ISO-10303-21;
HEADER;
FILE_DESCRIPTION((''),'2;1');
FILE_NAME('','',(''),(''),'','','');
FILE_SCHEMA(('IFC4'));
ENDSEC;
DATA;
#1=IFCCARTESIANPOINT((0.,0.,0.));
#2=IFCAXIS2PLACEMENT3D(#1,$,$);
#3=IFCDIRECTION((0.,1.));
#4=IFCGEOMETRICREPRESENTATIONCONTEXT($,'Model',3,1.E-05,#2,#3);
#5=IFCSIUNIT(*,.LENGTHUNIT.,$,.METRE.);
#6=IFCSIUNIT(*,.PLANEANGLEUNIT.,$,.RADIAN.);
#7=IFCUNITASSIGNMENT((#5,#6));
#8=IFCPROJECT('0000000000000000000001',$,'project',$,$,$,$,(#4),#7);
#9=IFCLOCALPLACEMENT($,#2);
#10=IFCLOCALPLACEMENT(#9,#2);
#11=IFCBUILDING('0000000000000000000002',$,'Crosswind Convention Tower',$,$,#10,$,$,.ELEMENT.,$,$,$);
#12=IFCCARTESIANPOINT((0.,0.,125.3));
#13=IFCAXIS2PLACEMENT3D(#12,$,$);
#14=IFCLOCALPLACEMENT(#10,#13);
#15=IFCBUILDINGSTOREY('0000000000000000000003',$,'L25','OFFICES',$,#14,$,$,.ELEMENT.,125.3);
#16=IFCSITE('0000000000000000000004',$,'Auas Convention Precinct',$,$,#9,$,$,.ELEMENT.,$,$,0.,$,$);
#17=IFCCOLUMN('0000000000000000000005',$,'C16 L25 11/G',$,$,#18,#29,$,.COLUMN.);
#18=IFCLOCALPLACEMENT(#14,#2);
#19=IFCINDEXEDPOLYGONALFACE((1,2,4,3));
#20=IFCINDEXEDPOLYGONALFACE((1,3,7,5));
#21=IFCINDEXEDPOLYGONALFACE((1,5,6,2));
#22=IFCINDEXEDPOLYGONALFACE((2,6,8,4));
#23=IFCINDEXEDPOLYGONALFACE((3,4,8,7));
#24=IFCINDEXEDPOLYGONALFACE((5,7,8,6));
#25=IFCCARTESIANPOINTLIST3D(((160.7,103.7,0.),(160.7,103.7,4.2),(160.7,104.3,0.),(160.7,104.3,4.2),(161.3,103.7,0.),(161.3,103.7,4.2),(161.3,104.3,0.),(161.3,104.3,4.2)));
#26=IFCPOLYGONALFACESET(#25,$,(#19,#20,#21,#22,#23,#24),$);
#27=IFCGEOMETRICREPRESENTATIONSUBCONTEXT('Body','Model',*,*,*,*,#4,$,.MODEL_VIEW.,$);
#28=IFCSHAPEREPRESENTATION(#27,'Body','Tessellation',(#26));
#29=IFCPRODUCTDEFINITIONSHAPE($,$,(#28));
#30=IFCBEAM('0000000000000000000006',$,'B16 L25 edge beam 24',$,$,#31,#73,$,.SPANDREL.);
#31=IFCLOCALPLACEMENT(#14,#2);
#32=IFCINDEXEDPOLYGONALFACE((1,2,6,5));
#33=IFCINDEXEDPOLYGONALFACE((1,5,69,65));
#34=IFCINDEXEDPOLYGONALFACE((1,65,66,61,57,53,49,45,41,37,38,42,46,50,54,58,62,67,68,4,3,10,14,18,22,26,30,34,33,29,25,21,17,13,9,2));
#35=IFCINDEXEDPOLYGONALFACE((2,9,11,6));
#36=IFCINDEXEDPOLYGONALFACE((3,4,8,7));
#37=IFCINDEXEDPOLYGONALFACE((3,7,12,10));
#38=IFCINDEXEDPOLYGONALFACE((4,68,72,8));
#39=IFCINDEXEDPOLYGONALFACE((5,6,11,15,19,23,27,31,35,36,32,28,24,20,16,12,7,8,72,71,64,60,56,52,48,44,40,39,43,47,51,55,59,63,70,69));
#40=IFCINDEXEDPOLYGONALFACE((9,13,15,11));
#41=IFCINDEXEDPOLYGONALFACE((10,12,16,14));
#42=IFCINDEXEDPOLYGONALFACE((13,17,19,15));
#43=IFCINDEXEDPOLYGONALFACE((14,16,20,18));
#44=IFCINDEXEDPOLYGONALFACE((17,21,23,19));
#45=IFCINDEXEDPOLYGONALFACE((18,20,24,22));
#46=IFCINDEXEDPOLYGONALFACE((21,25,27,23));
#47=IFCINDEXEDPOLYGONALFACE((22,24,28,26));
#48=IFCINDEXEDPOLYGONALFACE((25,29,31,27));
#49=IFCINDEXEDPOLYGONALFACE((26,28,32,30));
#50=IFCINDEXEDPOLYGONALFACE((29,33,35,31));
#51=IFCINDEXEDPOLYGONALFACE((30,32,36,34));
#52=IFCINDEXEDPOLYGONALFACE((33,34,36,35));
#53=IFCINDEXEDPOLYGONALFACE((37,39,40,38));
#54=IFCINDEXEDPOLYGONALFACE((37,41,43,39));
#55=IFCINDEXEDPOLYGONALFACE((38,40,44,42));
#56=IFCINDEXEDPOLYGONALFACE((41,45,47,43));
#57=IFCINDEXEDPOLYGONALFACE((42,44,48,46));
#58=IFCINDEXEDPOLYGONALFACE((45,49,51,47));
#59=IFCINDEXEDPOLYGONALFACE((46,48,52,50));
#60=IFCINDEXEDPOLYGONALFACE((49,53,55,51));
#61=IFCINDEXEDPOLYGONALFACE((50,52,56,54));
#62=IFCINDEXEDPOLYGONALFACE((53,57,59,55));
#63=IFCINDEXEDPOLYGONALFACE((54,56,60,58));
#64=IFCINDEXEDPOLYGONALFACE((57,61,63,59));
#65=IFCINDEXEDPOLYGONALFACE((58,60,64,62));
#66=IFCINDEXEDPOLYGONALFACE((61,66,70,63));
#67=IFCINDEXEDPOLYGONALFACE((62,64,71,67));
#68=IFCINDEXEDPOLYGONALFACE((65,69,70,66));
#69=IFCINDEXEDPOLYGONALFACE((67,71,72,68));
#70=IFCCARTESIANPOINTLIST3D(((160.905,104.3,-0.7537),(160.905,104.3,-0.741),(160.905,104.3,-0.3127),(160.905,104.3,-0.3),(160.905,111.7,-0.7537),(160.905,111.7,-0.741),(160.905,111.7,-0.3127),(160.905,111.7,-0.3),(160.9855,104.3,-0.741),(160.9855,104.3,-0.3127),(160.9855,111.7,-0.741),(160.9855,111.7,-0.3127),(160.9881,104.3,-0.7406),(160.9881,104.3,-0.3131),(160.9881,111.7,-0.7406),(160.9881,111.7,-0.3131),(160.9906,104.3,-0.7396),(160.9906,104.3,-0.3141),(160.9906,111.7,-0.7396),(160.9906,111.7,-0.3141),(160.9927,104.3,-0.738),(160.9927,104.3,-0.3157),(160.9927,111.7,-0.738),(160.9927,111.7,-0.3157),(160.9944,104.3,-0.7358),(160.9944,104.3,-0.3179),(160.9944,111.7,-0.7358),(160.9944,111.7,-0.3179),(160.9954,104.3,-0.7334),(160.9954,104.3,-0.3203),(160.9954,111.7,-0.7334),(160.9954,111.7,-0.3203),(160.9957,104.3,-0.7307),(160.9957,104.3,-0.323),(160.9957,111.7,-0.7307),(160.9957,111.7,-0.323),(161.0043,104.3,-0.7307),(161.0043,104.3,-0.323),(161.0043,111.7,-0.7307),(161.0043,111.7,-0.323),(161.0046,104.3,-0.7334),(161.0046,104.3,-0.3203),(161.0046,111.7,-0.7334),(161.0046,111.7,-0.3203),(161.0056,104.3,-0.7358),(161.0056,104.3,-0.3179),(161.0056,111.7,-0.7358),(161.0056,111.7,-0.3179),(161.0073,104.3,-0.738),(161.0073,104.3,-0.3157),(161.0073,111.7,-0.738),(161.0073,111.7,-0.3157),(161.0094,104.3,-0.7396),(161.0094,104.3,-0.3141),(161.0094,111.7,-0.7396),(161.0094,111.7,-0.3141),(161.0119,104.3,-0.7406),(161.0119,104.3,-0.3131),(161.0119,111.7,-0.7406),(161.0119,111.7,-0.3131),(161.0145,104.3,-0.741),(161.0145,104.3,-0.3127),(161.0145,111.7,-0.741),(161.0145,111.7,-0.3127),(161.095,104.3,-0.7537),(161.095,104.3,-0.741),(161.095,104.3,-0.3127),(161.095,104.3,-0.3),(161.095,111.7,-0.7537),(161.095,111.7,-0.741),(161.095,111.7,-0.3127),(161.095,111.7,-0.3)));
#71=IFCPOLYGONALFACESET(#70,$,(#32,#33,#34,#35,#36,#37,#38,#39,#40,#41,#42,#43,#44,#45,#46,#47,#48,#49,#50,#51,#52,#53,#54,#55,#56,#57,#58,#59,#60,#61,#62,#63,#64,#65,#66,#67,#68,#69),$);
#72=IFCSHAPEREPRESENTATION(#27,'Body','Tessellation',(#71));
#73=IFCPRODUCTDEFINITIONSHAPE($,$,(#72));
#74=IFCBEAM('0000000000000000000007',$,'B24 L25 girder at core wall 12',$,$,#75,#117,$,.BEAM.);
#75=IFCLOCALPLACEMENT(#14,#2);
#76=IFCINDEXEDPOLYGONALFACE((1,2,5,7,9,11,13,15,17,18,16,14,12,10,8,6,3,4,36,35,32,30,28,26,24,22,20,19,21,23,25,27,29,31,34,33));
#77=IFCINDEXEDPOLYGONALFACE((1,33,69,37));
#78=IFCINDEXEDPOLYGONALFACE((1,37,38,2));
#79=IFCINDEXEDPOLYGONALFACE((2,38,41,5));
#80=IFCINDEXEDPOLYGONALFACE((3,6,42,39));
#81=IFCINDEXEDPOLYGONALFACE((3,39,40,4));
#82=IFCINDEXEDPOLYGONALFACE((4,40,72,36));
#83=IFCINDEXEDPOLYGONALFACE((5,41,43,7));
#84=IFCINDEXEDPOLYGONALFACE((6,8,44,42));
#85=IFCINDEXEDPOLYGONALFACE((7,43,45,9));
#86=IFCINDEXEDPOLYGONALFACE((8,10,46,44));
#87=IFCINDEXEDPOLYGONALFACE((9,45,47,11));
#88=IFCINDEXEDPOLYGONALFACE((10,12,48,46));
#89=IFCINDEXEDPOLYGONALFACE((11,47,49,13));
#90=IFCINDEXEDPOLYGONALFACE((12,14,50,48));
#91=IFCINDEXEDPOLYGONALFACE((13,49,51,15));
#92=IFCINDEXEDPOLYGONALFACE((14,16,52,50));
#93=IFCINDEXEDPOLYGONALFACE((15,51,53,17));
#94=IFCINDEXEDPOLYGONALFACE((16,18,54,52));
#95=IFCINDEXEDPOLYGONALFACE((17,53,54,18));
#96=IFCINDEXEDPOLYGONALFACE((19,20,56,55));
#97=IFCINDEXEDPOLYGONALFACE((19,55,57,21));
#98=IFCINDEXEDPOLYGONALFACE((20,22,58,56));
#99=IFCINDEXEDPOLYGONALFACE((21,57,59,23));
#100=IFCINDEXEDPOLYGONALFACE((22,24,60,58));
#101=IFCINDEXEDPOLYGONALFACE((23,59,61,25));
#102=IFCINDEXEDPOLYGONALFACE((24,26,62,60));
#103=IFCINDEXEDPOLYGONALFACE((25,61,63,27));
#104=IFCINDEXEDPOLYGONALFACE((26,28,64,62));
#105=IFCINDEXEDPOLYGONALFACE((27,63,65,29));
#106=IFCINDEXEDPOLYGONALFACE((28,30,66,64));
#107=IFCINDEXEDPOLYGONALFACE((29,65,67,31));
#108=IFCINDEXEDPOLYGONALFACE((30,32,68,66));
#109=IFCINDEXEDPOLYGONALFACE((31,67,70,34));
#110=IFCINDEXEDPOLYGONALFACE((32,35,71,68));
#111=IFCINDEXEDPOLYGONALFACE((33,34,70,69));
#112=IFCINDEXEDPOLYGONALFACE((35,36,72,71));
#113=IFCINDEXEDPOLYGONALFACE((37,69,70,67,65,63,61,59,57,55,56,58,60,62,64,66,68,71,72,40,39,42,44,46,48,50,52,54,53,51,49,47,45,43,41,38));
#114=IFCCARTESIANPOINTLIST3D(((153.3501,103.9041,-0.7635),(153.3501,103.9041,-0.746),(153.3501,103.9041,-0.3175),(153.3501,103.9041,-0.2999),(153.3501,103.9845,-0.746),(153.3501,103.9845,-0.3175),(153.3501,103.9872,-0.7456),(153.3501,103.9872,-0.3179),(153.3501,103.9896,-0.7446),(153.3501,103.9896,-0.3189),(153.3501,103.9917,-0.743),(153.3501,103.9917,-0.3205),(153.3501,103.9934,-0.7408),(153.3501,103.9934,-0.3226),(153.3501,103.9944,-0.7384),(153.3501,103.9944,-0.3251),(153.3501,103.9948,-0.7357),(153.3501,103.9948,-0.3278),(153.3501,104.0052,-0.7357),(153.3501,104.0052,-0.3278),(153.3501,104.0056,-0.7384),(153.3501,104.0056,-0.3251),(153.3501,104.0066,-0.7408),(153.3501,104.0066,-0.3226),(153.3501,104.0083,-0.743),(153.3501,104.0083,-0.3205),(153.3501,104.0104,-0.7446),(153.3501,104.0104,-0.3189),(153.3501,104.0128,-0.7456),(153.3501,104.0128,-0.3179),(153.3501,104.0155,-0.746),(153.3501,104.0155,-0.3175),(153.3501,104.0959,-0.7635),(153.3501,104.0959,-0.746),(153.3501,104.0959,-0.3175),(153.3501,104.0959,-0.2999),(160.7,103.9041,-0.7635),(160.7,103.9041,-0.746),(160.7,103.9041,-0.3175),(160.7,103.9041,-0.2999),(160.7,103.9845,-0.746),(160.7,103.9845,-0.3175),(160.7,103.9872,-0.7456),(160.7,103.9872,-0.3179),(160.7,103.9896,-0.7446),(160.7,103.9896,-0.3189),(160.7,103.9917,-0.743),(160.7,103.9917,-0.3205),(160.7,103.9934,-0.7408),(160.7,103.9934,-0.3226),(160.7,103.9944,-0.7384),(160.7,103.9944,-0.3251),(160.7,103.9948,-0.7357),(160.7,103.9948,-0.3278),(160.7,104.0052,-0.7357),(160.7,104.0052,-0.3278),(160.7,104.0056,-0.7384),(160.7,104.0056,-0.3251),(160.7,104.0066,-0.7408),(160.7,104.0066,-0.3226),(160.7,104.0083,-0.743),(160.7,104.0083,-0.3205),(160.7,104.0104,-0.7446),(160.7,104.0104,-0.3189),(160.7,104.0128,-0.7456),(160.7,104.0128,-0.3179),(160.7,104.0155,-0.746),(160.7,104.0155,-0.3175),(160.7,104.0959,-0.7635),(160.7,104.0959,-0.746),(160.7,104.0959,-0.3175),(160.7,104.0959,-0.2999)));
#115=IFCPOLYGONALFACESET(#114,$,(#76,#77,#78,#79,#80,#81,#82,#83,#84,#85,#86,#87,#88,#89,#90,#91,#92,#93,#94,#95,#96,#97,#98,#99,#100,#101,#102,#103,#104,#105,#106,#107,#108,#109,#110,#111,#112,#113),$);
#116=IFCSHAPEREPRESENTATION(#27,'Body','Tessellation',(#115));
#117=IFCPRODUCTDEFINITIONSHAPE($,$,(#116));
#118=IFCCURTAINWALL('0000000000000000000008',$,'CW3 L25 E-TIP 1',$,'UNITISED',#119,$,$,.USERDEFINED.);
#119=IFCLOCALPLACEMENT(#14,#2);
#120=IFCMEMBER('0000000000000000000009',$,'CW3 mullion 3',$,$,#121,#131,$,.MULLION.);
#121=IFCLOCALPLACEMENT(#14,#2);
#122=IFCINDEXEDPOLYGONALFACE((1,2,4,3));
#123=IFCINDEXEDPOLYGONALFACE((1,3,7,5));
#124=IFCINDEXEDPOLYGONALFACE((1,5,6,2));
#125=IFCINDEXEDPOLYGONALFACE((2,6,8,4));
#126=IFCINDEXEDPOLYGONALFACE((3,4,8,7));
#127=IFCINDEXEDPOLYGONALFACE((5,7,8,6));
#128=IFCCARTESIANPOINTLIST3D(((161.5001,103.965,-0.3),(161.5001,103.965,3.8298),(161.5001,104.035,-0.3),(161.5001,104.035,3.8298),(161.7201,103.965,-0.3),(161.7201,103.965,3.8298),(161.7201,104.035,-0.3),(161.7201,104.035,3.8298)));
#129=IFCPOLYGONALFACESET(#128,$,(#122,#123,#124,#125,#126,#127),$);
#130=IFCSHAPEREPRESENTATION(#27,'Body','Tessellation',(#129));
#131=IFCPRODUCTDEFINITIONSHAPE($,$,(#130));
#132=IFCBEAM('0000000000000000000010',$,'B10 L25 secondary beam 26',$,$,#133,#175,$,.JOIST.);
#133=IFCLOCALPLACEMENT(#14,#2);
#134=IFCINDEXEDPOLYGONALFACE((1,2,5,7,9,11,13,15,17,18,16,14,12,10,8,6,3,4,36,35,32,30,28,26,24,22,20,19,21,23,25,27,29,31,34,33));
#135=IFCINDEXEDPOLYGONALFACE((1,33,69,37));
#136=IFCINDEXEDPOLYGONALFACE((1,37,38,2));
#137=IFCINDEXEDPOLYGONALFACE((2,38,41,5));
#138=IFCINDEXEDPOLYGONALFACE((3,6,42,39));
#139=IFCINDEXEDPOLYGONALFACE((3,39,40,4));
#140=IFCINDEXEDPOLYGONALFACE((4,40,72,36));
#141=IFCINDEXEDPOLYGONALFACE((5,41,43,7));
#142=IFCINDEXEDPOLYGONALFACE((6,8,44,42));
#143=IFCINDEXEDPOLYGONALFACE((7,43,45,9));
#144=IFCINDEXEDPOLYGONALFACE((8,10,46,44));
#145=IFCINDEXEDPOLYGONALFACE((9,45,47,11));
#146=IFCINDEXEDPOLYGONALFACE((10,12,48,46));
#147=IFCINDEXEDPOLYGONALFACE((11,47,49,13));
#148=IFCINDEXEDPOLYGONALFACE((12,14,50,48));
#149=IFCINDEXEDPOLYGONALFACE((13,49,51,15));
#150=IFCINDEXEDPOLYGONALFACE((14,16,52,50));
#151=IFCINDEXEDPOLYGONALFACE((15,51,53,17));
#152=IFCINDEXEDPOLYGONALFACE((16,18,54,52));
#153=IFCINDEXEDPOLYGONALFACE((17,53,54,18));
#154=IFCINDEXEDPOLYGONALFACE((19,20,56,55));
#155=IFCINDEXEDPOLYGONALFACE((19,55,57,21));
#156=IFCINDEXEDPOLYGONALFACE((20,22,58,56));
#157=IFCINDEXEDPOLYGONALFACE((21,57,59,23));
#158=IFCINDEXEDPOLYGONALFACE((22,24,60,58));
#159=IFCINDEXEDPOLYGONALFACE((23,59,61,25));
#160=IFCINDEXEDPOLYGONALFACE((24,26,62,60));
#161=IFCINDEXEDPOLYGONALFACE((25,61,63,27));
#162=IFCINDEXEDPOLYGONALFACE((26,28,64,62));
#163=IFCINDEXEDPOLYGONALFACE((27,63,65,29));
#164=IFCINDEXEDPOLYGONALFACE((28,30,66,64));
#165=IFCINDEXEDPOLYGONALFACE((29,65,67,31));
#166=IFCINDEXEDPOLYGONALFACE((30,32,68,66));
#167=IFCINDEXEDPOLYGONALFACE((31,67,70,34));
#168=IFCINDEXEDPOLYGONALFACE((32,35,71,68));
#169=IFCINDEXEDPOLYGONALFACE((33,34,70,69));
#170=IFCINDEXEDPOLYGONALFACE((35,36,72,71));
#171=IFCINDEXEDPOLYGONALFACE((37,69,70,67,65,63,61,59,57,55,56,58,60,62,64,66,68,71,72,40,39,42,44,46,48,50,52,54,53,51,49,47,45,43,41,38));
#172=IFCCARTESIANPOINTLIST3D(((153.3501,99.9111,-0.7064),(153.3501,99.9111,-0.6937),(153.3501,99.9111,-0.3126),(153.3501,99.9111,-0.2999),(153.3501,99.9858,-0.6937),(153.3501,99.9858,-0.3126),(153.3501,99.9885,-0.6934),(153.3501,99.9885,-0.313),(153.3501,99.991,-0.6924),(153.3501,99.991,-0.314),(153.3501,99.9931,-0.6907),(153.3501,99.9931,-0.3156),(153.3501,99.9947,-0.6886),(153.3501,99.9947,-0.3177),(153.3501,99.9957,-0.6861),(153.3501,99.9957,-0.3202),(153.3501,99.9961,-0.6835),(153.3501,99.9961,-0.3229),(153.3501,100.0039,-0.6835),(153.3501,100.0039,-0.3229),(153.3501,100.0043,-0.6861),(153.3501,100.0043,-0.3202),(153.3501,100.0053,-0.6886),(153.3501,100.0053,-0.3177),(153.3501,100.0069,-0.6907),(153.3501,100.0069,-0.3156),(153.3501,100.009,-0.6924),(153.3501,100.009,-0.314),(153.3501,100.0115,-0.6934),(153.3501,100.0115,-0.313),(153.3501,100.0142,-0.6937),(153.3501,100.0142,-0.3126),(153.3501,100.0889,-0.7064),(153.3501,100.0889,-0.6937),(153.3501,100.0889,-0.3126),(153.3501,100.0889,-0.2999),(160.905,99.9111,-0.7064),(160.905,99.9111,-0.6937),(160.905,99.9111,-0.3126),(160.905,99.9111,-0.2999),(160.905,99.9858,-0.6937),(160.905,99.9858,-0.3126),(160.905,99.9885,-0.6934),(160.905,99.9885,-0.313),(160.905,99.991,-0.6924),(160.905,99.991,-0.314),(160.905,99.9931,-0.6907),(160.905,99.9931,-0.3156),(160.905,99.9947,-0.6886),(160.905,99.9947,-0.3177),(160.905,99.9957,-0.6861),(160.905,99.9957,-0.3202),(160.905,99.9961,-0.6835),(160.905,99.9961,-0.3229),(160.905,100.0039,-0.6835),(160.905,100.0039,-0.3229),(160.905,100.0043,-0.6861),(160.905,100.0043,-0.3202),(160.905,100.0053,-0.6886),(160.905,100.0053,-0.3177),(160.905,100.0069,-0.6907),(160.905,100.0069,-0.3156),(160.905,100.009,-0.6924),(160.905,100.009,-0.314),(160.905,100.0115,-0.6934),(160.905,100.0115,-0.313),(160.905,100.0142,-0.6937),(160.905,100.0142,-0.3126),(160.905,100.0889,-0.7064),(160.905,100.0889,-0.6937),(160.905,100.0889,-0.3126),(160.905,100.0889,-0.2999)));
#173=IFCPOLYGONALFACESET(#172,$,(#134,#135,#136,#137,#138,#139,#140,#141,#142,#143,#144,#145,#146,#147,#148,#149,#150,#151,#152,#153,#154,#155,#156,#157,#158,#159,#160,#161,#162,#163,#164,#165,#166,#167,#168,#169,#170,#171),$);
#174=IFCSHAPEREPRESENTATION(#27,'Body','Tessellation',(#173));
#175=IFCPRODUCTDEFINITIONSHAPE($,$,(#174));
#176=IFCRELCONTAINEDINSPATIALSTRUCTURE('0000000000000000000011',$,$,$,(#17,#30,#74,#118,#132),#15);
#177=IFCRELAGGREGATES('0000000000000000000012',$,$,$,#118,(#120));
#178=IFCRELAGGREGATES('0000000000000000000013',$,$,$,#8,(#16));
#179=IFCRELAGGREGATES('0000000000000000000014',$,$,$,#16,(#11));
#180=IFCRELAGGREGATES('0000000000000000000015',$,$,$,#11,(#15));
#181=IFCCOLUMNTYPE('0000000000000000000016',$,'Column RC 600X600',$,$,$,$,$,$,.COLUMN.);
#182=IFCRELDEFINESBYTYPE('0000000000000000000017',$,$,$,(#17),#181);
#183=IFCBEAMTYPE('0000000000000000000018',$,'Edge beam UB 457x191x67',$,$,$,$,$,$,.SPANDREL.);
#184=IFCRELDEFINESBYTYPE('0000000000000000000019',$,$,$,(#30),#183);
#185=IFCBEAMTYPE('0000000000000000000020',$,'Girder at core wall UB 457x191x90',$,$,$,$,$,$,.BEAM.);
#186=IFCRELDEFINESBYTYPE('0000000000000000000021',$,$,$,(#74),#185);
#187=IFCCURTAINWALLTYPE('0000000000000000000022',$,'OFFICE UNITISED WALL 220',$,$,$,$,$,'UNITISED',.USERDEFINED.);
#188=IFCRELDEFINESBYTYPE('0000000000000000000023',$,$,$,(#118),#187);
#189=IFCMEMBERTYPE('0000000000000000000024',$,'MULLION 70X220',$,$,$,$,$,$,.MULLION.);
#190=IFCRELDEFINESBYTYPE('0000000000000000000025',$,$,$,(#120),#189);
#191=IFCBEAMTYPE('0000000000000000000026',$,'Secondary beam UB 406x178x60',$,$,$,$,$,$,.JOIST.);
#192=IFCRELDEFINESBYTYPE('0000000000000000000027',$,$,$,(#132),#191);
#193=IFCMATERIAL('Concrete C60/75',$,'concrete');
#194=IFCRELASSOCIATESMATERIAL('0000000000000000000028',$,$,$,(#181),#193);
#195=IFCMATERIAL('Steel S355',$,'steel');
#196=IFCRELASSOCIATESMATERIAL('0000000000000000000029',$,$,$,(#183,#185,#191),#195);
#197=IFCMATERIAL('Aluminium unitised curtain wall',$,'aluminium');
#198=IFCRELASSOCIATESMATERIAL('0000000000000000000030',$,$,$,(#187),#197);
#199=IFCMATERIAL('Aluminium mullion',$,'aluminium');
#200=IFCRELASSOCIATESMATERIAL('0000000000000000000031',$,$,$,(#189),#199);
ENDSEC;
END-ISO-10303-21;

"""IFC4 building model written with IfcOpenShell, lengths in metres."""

from ifc_helpers import new_model, si_unit, direction, frame, origin, origin_2d, place, context, subcontext, project, spatial, rectangle, i_section, extrude, material, material_profile, profile_set, type_object, element, aggregate, save


model = new_model("IFC4")

# Units and contexts
model_context = context("Model", 3, precision=1e-05, world=origin(), true_north=direction((0.0, 1.0)))
body_context = subcontext(model_context, "Body", "Model", "MODEL_VIEW")
ifc_project = project(units=[si_unit("LENGTHUNIT", "METRE"), si_unit("PLANEANGLEUNIT", "RADIAN")], contexts=[model_context])

# Site, building, storey
site_placement = place(None, origin())
site = spatial("IfcSite", under=ifc_project, at=site_placement, Name="Auas Convention Precinct", CompositionType="ELEMENT", RefElevation=0.0)
building_placement = place(site_placement, origin())
building = spatial("IfcBuilding", under=site, at=building_placement, Name="Crosswind Convention Tower", CompositionType="ELEMENT")
storey_placement = place(building_placement, frame((0.0, 0.0, 125.3)))
storey = spatial("IfcBuildingStorey", under=building, at=storey_placement, Name="L25", Description="OFFICES", CompositionType="ELEMENT", Elevation=125.3)

# Column
ifc_material_1 = material(Name="Concrete C60/75", Category="concrete")
ifc_material_profile_1 = material_profile(ifc_material_1, rectangle(XDim=0.6001, YDim=0.6001, at=origin_2d()), Name="RC 600X600")
ifc_profile_set_1 = profile_set([ifc_material_profile_1], Name="Concrete C60/75")
column_type = type_object("IfcColumnType", Name="Column RC 600X600", PredefinedType="COLUMN", material=ifc_profile_set_1)
column_placement = place(storey_placement, frame((161.0, 104.0, 0.0), z_axis=(0.0, 0.0, 1.0), x_axis=(1.0, 0.0, 0.0)))
element("IfcColumn", 1, at=column_placement, inside=storey, type_object=column_type, Name="C16 L25 11/G", PredefinedType="COLUMN", context=body_context, shape_type="SweptSolid", body=[
    extrude(rectangle(XDim=0.6001, YDim=0.6001, at=origin_2d()), origin(), (0.0, 0.0, 1.0), 4.2),
])

# Beams
ifc_material_2 = material(Name="Steel S355", Category="steel")
ifc_material_profile_2 = material_profile(ifc_material_2, i_section(OverallWidth=0.1899, OverallDepth=0.4536, WebThickness=0.0085, FlangeThickness=0.0127, FilletRadius=0.0103, at=origin_2d()), Name="UB 457x191x67")
ifc_profile_set_2 = profile_set([ifc_material_profile_2], Name="Steel S355")
beam_type_1 = type_object("IfcBeamType", Name="Edge beam UB 457x191x67", PredefinedType="SPANDREL", material=ifc_profile_set_2)
beam_1_placement = place(storey_placement, frame((161.0, 104.3, -0.5269), z_axis=(0.0, 1.0, 0.0), x_axis=(-1.0, 0.0, 0.0)))
element("IfcBeam", 2, at=beam_1_placement, inside=storey, type_object=beam_type_1, Name="B16 L25 edge beam 24", PredefinedType="SPANDREL", context=body_context, shape_type="SweptSolid", body=[
    extrude(i_section(OverallWidth=0.1899, OverallDepth=0.4536, WebThickness=0.0085, FlangeThickness=0.0127, FilletRadius=0.0103, at=origin_2d()), origin(), (0.0, 0.0, 1.0), 7.3999),
])
ifc_material_profile_3 = material_profile(ifc_material_2, i_section(OverallWidth=0.1919, OverallDepth=0.4636, WebThickness=0.0105, FlangeThickness=0.0176, FilletRadius=0.0103, at=origin_2d()), Name="UB 457x191x90")
ifc_profile_set_3 = profile_set([ifc_material_profile_3], Name="Steel S355")
beam_type_2 = type_object("IfcBeamType", Name="Girder at core wall UB 457x191x90", PredefinedType="BEAM", material=ifc_profile_set_3)
beam_2_placement = place(storey_placement, frame((153.3501, 104.0, -0.5317), z_axis=(1.0, 0.0, 0.0), x_axis=(0.0, 1.0, 0.0)))
element("IfcBeam", 3, at=beam_2_placement, inside=storey, type_object=beam_type_2, Name="B24 L25 girder at core wall 12", PredefinedType="BEAM", context=body_context, shape_type="SweptSolid", body=[
    extrude(i_section(OverallWidth=0.1919, OverallDepth=0.4636, WebThickness=0.0105, FlangeThickness=0.0176, FilletRadius=0.0103, at=origin_2d()), origin(), (0.0, 0.0, 1.0), 7.3499),
])

# Curtain wall, member
ifc_material_3 = material(Name="Aluminium unitised curtain wall", Category="aluminium")
curtain_wall_type = type_object("IfcCurtainWallType", Name="OFFICE UNITISED WALL 220", ElementType="UNITISED", PredefinedType="USERDEFINED", material=ifc_material_3)
curtain_wall_placement = place(storey_placement, origin())
curtain_wall = element("IfcCurtainWall", 4, at=curtain_wall_placement, inside=storey, type_object=curtain_wall_type, Name="CW3 L25 E-TIP 1", ObjectType="UNITISED", PredefinedType="USERDEFINED")
ifc_material_4 = material(Name="Aluminium mullion", Category="aluminium")
ifc_material_profile_4 = material_profile(ifc_material_4, rectangle(XDim=0.22, YDim=0.0701, at=origin_2d()), Name="AL 220X70")
ifc_profile_set_4 = profile_set([ifc_material_profile_4], Name="Aluminium mullion")
member_type = type_object("IfcMemberType", Name="MULLION 70X220", PredefinedType="MULLION", material=ifc_profile_set_4)
member_placement = place(storey_placement, frame((161.6101, 104.0, -0.3), z_axis=(0.0, 0.0, 1.0), x_axis=(1.0, 0.0, 0.0)))
member = element("IfcMember", 5, at=member_placement, type_object=member_type, Name="CW3 mullion 3", PredefinedType="MULLION", context=body_context, shape_type="SweptSolid", body=[
    extrude(rectangle(XDim=0.22, YDim=0.0701, at=origin_2d()), origin(), (0.0, 0.0, 1.0), 4.1299),
])

# Beam
ifc_material_profile_5 = material_profile(ifc_material_2, i_section(OverallWidth=0.1777, OverallDepth=0.4065, WebThickness=0.0078, FlangeThickness=0.0127, FilletRadius=0.0103, at=origin_2d()), Name="UB 406x178x60")
ifc_profile_set_5 = profile_set([ifc_material_profile_5], Name="Steel S355")
beam_type_3 = type_object("IfcBeamType", Name="Secondary beam UB 406x178x60", PredefinedType="JOIST", material=ifc_profile_set_5)
for number, where, z_axis, x_axis, name in (
    (6, (153.3501, 100.0, -0.5032), (1.0, 0.0, 0.0), (0.0, 1.0, 0.0), "B10 L25 secondary beam 26"),
):
    element("IfcBeam", number, at=place(storey_placement, frame(where, z_axis=z_axis, x_axis=x_axis)), inside=storey, type_object=beam_type_3, Name=name, PredefinedType="JOIST", context=body_context, shape_type="SweptSolid", body=[
        extrude(i_section(OverallWidth=0.1777, OverallDepth=0.4065, WebThickness=0.0078, FlangeThickness=0.0127, FilletRadius=0.0103, at=origin_2d()), origin(), (0.0, 0.0, 1.0), 7.5549),
    ])

aggregate(curtain_wall, [member])

save(model, "model.ifc")
